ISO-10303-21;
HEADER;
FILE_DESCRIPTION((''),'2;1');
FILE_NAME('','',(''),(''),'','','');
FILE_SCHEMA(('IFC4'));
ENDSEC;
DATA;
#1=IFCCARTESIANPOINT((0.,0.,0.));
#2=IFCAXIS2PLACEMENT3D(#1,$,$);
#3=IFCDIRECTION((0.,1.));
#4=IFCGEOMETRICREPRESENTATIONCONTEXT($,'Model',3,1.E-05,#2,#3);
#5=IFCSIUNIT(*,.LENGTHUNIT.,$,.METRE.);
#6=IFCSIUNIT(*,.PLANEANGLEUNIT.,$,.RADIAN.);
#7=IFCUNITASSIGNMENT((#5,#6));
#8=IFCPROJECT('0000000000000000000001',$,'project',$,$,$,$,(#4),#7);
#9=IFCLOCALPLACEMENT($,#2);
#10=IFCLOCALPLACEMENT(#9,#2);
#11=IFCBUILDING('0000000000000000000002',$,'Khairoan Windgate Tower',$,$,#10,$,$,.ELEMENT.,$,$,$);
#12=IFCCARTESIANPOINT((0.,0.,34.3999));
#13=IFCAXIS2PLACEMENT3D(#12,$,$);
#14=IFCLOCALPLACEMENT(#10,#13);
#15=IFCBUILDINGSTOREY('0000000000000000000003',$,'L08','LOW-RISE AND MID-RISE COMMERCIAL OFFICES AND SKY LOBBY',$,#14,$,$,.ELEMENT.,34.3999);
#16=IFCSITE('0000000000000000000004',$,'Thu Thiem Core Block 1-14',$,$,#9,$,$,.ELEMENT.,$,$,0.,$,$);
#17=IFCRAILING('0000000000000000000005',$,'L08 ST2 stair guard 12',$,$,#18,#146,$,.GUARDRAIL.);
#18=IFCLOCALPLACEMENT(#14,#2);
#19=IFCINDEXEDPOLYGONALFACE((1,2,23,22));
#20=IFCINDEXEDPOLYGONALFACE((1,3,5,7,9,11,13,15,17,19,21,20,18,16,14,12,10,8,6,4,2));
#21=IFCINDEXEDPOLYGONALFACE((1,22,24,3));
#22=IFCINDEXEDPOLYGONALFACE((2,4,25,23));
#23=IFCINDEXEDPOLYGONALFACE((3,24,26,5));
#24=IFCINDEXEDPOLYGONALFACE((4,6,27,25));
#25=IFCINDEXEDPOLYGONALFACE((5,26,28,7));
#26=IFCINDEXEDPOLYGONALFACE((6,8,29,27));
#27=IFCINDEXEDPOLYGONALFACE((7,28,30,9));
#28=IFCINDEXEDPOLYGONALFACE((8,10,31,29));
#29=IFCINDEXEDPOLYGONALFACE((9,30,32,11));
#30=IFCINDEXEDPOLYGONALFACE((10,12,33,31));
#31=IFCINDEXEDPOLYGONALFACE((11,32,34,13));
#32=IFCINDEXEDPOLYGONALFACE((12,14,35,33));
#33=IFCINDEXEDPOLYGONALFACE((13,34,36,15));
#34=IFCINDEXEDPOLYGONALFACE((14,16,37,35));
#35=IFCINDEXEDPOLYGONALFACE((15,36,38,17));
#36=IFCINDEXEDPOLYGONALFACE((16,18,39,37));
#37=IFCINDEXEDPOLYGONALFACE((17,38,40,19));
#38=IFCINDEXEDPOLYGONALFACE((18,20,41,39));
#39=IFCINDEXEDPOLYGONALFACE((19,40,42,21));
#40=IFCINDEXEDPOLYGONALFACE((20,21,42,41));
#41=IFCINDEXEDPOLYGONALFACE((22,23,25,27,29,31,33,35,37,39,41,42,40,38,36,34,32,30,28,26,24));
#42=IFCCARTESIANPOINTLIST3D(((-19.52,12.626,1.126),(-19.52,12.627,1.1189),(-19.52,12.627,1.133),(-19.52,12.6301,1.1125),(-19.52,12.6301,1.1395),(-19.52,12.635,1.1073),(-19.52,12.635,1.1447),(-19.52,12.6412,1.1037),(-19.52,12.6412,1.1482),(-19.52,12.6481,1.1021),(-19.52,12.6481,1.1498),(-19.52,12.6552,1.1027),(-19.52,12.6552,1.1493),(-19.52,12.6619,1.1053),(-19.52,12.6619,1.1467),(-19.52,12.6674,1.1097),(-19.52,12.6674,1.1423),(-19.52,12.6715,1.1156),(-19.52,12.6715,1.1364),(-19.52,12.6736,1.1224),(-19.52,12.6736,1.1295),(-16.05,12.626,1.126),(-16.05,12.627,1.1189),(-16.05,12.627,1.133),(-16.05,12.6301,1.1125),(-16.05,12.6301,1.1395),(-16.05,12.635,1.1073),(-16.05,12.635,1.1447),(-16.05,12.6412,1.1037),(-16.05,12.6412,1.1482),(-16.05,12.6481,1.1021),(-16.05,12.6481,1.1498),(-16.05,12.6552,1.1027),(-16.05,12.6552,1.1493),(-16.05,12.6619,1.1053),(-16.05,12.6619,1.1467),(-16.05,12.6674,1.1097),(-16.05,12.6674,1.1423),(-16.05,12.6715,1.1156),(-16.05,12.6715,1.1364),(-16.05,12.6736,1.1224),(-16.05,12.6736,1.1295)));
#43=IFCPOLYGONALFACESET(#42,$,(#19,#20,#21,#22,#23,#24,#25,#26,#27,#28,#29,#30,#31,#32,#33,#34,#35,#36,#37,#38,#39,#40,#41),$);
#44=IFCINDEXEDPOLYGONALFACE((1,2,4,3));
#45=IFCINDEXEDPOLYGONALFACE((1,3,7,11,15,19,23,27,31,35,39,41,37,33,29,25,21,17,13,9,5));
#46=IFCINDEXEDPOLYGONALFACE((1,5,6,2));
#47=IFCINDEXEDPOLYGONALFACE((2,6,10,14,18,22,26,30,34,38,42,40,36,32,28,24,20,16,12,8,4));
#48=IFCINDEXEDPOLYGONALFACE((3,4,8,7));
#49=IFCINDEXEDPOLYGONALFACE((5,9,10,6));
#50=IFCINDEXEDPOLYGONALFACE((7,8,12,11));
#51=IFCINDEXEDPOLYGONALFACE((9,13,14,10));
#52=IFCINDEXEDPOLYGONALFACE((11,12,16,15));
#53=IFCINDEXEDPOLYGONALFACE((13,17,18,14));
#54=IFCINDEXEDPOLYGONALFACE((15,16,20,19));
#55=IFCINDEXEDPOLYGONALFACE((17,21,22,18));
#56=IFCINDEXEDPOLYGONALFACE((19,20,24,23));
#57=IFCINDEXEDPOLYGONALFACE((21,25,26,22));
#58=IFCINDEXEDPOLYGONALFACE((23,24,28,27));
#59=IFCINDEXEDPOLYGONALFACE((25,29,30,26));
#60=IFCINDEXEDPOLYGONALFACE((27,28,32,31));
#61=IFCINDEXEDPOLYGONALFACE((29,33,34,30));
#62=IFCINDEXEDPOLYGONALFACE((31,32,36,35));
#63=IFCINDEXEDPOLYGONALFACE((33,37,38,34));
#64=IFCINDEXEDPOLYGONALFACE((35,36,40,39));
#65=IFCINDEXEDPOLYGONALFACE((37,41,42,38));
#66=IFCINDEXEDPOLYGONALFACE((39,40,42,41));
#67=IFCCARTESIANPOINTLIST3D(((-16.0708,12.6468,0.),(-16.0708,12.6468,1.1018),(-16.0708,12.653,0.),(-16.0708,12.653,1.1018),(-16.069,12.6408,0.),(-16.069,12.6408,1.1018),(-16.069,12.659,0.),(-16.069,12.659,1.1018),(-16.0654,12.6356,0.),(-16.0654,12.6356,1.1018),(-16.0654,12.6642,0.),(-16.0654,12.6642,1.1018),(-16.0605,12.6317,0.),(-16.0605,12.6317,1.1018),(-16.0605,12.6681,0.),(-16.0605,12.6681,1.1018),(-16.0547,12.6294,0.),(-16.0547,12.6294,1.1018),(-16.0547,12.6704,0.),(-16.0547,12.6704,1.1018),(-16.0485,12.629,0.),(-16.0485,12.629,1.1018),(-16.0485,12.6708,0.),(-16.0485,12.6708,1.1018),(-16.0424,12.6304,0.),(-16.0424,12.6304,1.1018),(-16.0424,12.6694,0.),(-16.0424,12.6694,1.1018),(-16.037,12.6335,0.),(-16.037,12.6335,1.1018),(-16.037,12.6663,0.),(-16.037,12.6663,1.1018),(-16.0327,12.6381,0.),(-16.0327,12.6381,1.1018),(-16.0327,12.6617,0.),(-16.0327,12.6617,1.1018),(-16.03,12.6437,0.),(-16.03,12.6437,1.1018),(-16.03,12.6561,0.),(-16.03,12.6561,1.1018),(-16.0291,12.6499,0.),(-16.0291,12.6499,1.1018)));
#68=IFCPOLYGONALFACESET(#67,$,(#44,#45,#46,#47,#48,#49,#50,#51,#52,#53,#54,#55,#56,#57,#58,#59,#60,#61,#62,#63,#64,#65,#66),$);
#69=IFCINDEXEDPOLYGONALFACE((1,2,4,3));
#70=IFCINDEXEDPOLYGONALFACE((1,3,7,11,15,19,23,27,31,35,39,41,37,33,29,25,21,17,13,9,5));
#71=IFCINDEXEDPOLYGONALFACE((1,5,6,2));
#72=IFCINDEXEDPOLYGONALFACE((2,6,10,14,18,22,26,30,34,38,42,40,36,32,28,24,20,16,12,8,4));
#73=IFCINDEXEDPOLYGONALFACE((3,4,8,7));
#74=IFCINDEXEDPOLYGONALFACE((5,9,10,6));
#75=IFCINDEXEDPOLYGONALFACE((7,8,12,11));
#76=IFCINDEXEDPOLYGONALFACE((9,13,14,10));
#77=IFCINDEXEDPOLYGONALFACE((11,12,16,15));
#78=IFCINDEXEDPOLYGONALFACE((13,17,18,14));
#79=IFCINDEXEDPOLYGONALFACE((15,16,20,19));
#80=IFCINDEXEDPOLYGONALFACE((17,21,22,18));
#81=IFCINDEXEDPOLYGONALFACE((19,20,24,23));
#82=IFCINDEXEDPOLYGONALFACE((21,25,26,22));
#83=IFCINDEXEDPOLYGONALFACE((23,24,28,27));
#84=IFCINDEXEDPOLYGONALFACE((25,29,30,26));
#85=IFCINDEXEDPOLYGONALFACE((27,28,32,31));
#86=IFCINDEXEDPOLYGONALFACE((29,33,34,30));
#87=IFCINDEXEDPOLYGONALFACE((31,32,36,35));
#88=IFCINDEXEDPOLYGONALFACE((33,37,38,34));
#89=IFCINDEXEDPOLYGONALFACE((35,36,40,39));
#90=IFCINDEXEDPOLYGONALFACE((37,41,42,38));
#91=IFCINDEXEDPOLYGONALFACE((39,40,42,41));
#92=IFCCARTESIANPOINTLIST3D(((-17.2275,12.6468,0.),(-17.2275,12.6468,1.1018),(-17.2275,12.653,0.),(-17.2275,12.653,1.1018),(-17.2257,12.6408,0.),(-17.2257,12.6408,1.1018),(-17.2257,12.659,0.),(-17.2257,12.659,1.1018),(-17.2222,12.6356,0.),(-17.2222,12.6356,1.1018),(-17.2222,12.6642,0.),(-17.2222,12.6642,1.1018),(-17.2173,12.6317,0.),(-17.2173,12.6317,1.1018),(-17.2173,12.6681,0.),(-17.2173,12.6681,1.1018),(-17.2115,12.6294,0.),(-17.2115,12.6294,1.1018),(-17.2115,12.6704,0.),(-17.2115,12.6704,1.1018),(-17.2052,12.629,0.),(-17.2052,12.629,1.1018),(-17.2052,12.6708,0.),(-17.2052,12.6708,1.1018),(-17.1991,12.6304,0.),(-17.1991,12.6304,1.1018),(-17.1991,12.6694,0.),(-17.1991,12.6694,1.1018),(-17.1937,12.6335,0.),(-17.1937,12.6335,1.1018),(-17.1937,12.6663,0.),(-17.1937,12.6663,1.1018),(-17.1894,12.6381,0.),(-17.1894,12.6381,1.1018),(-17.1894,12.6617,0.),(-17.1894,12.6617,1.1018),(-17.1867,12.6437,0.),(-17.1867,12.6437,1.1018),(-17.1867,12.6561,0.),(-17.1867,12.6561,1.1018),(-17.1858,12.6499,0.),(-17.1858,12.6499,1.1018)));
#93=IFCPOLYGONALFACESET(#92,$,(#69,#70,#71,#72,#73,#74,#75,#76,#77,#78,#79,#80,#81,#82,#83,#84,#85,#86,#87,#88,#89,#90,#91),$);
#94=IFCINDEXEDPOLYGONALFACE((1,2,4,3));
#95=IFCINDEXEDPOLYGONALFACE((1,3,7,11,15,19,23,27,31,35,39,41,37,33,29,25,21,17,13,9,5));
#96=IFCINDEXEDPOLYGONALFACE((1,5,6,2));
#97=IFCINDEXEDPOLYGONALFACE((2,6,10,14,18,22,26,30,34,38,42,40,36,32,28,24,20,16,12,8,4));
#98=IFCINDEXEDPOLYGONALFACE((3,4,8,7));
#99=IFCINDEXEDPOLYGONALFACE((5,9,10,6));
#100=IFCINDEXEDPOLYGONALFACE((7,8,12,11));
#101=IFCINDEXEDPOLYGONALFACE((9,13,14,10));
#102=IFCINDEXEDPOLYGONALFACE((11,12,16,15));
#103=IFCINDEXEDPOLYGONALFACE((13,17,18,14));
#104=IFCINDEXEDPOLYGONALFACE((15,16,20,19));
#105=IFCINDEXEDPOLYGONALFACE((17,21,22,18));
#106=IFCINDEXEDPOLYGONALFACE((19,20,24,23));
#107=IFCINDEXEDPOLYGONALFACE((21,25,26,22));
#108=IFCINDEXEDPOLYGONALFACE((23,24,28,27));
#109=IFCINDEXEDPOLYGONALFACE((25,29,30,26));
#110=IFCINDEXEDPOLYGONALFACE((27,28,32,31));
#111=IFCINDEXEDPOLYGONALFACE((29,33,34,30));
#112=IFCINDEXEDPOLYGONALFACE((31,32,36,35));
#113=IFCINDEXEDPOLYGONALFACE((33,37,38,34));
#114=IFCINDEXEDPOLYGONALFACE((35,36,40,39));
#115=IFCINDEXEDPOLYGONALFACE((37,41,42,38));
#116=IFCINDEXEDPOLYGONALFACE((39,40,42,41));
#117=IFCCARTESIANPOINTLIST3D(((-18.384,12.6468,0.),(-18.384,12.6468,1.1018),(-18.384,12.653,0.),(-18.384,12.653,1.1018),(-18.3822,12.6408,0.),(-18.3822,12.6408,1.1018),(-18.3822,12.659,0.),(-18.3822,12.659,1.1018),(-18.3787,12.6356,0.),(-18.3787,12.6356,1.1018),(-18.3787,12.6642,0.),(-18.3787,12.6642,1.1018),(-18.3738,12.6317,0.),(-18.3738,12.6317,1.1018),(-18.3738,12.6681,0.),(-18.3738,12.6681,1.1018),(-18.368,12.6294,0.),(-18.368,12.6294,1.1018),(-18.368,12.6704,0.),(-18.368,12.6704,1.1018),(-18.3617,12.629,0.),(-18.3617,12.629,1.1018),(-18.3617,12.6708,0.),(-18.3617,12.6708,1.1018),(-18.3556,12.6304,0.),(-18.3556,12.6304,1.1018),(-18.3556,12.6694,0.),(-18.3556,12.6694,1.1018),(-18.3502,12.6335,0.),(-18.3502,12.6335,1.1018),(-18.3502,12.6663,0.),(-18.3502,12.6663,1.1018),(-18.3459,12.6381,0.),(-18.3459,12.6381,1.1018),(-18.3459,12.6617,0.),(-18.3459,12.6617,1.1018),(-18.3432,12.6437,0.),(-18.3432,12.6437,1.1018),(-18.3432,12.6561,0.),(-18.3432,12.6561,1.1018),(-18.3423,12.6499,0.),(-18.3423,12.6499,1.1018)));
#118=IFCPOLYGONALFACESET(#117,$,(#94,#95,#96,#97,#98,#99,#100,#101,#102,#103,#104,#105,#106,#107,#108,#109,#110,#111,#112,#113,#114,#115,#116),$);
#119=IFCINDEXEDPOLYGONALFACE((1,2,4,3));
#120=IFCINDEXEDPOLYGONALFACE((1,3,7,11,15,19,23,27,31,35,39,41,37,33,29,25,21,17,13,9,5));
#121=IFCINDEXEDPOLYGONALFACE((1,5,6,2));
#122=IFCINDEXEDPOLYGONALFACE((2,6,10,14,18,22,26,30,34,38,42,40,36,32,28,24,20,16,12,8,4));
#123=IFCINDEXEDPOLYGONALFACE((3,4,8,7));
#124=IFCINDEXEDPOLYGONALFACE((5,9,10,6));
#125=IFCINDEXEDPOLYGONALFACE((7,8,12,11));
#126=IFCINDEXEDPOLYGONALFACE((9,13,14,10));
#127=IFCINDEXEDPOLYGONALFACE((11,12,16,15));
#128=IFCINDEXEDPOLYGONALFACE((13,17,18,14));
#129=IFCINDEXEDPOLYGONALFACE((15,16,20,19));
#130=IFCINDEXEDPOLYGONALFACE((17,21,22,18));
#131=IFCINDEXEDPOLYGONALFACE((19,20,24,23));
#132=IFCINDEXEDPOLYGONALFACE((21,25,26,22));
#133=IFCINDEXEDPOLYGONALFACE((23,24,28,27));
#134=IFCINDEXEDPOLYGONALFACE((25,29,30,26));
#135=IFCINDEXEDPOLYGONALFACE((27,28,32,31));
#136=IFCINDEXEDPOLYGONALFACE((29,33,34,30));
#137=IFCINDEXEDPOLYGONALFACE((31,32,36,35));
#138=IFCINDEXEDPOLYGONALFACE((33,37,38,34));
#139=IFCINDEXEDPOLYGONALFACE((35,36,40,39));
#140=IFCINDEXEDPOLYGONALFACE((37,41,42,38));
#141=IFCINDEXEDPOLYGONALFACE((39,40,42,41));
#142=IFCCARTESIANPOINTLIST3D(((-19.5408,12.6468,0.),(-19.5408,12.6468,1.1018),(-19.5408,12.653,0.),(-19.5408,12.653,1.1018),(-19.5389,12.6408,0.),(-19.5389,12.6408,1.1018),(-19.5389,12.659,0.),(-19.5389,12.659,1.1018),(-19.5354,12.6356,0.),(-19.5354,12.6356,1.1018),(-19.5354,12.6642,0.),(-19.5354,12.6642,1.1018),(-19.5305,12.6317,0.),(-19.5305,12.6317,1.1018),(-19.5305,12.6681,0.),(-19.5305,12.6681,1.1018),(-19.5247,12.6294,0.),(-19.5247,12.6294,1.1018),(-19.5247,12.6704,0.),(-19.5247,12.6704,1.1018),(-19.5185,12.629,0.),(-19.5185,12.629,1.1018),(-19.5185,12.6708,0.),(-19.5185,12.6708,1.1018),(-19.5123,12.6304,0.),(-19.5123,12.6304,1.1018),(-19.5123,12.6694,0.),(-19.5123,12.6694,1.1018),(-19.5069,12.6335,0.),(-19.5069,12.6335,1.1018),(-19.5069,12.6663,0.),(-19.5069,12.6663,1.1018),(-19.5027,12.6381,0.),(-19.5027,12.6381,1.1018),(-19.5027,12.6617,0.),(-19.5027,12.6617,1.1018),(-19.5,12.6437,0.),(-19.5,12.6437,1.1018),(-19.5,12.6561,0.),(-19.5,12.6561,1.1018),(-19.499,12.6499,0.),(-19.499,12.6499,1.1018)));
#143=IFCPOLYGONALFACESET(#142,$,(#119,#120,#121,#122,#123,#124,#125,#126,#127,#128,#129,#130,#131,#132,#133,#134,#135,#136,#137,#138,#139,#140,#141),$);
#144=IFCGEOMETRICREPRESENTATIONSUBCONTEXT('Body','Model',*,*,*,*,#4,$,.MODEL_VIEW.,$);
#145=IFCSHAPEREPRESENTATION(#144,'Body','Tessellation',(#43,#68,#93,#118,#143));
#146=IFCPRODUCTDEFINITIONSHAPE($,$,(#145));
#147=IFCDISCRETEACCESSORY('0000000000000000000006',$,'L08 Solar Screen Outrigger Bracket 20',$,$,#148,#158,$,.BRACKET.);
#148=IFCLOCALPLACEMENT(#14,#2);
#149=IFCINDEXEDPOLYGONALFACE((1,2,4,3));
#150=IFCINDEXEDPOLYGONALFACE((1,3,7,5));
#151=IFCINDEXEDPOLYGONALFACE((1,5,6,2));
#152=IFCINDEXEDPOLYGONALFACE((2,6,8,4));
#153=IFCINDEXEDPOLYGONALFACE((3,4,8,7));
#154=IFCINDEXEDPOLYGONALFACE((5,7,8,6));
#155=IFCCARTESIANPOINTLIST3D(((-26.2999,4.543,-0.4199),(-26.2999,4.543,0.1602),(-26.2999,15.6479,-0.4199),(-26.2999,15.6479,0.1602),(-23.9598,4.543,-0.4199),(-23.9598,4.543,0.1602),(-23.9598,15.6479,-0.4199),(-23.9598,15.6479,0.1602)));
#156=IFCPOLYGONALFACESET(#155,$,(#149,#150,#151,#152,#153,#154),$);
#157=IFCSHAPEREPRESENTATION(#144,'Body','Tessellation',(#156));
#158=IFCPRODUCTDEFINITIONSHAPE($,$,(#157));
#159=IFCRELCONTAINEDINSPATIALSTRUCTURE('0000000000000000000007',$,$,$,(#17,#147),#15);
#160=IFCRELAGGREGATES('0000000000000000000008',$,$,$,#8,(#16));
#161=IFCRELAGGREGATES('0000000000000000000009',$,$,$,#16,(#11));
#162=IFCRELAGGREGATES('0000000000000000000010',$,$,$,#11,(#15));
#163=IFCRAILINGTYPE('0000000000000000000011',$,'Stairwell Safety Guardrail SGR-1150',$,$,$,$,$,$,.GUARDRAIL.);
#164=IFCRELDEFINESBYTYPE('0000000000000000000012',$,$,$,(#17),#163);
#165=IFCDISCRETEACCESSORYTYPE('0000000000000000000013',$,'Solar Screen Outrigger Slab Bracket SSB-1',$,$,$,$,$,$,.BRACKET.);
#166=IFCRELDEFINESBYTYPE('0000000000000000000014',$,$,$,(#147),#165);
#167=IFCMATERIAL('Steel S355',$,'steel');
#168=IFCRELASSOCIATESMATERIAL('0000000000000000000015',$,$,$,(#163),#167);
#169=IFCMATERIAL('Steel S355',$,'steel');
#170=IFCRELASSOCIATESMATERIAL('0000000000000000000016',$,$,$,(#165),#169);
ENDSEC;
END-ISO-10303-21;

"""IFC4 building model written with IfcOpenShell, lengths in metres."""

from ifc_helpers import new_model, si_unit, direction, frame, origin, origin_2d, place, context, subcontext, project, spatial, rectangle, circle, extrude, material, type_object, element, save


model = new_model("IFC4")

# Units and contexts
model_context = context("Model", 3, precision=1e-05, world=origin(), true_north=direction((0.0, 1.0)))
body_context = subcontext(model_context, "Body", "Model", "MODEL_VIEW")
ifc_project = project(units=[si_unit("LENGTHUNIT", "METRE"), si_unit("PLANEANGLEUNIT", "RADIAN")], contexts=[model_context])

# Site, building, storey
site_placement = place(None, origin())
site = spatial("IfcSite", under=ifc_project, at=site_placement, Name="Thu Thiem Core Block 1-14", CompositionType="ELEMENT", RefElevation=0.0)
building_placement = place(site_placement, origin())
building = spatial("IfcBuilding", under=site, at=building_placement, Name="Khairoan Windgate Tower", CompositionType="ELEMENT")
storey_placement = place(building_placement, frame((0.0, 0.0, 34.3999)))
storey = spatial("IfcBuildingStorey", under=building, at=storey_placement, Name="L08", Description="LOW-RISE AND MID-RISE COMMERCIAL OFFICES AND SKY LOBBY", CompositionType="ELEMENT", Elevation=34.3999)

# Railing
ifc_material_1 = material(Name="Steel S355", Category="steel")
railing_type = type_object("IfcRailingType", Name="Stairwell Safety Guardrail SGR-1150", PredefinedType="GUARDRAIL", material=ifc_material_1)
railing_1_placement = place(storey_placement, frame((-16.05, 12.6499, 0.0)))
element("IfcRailing", 1, at=railing_1_placement, inside=storey, type_object=railing_type, Name="L08 ST2 stair guard 12", PredefinedType="GUARDRAIL", context=body_context, shape_type="SweptSolid", body=[
    extrude(circle(Radius=0.0239, at=origin_2d()), frame((0.0, 0.0, 1.126), z_axis=(-1.0, 0.0, 0.0), x_axis=(0.0, -1.0, 0.0)), (0.0, 0.0, 1.0), 3.47),
    extrude(circle(Radius=0.021, at=origin_2d()), origin(), (0.0, 0.0, 1.0), 1.1018),
    extrude(circle(Radius=0.021, at=origin_2d()), frame((-1.1567, 0.0, 0.0)), (0.0, 0.0, 1.0), 1.1018),
    extrude(circle(Radius=0.021, at=origin_2d()), frame((-2.3132, 0.0, 0.0)), (0.0, 0.0, 1.0), 1.1018),
    extrude(circle(Radius=0.021, at=origin_2d()), frame((-3.47, 0.0, 0.0)), (0.0, 0.0, 1.0), 1.1018),
])

# Discrete accessory
ifc_material_2 = material(Name="Steel S355", Category="steel")
discrete_accessory_type = type_object("IfcDiscreteAccessoryType", Name="Solar Screen Outrigger Slab Bracket SSB-1", PredefinedType="BRACKET", material=ifc_material_2)
discrete_accessory_placement = place(storey_placement, frame((-25.1299, 10.0955, -0.4199), z_axis=(0.0, 0.0, 1.0), x_axis=(0.0, 1.0, 0.0)))
element("IfcDiscreteAccessory", 2, at=discrete_accessory_placement, inside=storey, type_object=discrete_accessory_type, Name="L08 Solar Screen Outrigger Bracket 20", PredefinedType="BRACKET", context=body_context, shape_type="SweptSolid", body=[
    extrude(rectangle(XDim=11.105, YDim=2.3401, at=origin_2d()), origin(), (0.0, 0.0, 1.0), 0.5801),
])

save(model, "model.ifc")
